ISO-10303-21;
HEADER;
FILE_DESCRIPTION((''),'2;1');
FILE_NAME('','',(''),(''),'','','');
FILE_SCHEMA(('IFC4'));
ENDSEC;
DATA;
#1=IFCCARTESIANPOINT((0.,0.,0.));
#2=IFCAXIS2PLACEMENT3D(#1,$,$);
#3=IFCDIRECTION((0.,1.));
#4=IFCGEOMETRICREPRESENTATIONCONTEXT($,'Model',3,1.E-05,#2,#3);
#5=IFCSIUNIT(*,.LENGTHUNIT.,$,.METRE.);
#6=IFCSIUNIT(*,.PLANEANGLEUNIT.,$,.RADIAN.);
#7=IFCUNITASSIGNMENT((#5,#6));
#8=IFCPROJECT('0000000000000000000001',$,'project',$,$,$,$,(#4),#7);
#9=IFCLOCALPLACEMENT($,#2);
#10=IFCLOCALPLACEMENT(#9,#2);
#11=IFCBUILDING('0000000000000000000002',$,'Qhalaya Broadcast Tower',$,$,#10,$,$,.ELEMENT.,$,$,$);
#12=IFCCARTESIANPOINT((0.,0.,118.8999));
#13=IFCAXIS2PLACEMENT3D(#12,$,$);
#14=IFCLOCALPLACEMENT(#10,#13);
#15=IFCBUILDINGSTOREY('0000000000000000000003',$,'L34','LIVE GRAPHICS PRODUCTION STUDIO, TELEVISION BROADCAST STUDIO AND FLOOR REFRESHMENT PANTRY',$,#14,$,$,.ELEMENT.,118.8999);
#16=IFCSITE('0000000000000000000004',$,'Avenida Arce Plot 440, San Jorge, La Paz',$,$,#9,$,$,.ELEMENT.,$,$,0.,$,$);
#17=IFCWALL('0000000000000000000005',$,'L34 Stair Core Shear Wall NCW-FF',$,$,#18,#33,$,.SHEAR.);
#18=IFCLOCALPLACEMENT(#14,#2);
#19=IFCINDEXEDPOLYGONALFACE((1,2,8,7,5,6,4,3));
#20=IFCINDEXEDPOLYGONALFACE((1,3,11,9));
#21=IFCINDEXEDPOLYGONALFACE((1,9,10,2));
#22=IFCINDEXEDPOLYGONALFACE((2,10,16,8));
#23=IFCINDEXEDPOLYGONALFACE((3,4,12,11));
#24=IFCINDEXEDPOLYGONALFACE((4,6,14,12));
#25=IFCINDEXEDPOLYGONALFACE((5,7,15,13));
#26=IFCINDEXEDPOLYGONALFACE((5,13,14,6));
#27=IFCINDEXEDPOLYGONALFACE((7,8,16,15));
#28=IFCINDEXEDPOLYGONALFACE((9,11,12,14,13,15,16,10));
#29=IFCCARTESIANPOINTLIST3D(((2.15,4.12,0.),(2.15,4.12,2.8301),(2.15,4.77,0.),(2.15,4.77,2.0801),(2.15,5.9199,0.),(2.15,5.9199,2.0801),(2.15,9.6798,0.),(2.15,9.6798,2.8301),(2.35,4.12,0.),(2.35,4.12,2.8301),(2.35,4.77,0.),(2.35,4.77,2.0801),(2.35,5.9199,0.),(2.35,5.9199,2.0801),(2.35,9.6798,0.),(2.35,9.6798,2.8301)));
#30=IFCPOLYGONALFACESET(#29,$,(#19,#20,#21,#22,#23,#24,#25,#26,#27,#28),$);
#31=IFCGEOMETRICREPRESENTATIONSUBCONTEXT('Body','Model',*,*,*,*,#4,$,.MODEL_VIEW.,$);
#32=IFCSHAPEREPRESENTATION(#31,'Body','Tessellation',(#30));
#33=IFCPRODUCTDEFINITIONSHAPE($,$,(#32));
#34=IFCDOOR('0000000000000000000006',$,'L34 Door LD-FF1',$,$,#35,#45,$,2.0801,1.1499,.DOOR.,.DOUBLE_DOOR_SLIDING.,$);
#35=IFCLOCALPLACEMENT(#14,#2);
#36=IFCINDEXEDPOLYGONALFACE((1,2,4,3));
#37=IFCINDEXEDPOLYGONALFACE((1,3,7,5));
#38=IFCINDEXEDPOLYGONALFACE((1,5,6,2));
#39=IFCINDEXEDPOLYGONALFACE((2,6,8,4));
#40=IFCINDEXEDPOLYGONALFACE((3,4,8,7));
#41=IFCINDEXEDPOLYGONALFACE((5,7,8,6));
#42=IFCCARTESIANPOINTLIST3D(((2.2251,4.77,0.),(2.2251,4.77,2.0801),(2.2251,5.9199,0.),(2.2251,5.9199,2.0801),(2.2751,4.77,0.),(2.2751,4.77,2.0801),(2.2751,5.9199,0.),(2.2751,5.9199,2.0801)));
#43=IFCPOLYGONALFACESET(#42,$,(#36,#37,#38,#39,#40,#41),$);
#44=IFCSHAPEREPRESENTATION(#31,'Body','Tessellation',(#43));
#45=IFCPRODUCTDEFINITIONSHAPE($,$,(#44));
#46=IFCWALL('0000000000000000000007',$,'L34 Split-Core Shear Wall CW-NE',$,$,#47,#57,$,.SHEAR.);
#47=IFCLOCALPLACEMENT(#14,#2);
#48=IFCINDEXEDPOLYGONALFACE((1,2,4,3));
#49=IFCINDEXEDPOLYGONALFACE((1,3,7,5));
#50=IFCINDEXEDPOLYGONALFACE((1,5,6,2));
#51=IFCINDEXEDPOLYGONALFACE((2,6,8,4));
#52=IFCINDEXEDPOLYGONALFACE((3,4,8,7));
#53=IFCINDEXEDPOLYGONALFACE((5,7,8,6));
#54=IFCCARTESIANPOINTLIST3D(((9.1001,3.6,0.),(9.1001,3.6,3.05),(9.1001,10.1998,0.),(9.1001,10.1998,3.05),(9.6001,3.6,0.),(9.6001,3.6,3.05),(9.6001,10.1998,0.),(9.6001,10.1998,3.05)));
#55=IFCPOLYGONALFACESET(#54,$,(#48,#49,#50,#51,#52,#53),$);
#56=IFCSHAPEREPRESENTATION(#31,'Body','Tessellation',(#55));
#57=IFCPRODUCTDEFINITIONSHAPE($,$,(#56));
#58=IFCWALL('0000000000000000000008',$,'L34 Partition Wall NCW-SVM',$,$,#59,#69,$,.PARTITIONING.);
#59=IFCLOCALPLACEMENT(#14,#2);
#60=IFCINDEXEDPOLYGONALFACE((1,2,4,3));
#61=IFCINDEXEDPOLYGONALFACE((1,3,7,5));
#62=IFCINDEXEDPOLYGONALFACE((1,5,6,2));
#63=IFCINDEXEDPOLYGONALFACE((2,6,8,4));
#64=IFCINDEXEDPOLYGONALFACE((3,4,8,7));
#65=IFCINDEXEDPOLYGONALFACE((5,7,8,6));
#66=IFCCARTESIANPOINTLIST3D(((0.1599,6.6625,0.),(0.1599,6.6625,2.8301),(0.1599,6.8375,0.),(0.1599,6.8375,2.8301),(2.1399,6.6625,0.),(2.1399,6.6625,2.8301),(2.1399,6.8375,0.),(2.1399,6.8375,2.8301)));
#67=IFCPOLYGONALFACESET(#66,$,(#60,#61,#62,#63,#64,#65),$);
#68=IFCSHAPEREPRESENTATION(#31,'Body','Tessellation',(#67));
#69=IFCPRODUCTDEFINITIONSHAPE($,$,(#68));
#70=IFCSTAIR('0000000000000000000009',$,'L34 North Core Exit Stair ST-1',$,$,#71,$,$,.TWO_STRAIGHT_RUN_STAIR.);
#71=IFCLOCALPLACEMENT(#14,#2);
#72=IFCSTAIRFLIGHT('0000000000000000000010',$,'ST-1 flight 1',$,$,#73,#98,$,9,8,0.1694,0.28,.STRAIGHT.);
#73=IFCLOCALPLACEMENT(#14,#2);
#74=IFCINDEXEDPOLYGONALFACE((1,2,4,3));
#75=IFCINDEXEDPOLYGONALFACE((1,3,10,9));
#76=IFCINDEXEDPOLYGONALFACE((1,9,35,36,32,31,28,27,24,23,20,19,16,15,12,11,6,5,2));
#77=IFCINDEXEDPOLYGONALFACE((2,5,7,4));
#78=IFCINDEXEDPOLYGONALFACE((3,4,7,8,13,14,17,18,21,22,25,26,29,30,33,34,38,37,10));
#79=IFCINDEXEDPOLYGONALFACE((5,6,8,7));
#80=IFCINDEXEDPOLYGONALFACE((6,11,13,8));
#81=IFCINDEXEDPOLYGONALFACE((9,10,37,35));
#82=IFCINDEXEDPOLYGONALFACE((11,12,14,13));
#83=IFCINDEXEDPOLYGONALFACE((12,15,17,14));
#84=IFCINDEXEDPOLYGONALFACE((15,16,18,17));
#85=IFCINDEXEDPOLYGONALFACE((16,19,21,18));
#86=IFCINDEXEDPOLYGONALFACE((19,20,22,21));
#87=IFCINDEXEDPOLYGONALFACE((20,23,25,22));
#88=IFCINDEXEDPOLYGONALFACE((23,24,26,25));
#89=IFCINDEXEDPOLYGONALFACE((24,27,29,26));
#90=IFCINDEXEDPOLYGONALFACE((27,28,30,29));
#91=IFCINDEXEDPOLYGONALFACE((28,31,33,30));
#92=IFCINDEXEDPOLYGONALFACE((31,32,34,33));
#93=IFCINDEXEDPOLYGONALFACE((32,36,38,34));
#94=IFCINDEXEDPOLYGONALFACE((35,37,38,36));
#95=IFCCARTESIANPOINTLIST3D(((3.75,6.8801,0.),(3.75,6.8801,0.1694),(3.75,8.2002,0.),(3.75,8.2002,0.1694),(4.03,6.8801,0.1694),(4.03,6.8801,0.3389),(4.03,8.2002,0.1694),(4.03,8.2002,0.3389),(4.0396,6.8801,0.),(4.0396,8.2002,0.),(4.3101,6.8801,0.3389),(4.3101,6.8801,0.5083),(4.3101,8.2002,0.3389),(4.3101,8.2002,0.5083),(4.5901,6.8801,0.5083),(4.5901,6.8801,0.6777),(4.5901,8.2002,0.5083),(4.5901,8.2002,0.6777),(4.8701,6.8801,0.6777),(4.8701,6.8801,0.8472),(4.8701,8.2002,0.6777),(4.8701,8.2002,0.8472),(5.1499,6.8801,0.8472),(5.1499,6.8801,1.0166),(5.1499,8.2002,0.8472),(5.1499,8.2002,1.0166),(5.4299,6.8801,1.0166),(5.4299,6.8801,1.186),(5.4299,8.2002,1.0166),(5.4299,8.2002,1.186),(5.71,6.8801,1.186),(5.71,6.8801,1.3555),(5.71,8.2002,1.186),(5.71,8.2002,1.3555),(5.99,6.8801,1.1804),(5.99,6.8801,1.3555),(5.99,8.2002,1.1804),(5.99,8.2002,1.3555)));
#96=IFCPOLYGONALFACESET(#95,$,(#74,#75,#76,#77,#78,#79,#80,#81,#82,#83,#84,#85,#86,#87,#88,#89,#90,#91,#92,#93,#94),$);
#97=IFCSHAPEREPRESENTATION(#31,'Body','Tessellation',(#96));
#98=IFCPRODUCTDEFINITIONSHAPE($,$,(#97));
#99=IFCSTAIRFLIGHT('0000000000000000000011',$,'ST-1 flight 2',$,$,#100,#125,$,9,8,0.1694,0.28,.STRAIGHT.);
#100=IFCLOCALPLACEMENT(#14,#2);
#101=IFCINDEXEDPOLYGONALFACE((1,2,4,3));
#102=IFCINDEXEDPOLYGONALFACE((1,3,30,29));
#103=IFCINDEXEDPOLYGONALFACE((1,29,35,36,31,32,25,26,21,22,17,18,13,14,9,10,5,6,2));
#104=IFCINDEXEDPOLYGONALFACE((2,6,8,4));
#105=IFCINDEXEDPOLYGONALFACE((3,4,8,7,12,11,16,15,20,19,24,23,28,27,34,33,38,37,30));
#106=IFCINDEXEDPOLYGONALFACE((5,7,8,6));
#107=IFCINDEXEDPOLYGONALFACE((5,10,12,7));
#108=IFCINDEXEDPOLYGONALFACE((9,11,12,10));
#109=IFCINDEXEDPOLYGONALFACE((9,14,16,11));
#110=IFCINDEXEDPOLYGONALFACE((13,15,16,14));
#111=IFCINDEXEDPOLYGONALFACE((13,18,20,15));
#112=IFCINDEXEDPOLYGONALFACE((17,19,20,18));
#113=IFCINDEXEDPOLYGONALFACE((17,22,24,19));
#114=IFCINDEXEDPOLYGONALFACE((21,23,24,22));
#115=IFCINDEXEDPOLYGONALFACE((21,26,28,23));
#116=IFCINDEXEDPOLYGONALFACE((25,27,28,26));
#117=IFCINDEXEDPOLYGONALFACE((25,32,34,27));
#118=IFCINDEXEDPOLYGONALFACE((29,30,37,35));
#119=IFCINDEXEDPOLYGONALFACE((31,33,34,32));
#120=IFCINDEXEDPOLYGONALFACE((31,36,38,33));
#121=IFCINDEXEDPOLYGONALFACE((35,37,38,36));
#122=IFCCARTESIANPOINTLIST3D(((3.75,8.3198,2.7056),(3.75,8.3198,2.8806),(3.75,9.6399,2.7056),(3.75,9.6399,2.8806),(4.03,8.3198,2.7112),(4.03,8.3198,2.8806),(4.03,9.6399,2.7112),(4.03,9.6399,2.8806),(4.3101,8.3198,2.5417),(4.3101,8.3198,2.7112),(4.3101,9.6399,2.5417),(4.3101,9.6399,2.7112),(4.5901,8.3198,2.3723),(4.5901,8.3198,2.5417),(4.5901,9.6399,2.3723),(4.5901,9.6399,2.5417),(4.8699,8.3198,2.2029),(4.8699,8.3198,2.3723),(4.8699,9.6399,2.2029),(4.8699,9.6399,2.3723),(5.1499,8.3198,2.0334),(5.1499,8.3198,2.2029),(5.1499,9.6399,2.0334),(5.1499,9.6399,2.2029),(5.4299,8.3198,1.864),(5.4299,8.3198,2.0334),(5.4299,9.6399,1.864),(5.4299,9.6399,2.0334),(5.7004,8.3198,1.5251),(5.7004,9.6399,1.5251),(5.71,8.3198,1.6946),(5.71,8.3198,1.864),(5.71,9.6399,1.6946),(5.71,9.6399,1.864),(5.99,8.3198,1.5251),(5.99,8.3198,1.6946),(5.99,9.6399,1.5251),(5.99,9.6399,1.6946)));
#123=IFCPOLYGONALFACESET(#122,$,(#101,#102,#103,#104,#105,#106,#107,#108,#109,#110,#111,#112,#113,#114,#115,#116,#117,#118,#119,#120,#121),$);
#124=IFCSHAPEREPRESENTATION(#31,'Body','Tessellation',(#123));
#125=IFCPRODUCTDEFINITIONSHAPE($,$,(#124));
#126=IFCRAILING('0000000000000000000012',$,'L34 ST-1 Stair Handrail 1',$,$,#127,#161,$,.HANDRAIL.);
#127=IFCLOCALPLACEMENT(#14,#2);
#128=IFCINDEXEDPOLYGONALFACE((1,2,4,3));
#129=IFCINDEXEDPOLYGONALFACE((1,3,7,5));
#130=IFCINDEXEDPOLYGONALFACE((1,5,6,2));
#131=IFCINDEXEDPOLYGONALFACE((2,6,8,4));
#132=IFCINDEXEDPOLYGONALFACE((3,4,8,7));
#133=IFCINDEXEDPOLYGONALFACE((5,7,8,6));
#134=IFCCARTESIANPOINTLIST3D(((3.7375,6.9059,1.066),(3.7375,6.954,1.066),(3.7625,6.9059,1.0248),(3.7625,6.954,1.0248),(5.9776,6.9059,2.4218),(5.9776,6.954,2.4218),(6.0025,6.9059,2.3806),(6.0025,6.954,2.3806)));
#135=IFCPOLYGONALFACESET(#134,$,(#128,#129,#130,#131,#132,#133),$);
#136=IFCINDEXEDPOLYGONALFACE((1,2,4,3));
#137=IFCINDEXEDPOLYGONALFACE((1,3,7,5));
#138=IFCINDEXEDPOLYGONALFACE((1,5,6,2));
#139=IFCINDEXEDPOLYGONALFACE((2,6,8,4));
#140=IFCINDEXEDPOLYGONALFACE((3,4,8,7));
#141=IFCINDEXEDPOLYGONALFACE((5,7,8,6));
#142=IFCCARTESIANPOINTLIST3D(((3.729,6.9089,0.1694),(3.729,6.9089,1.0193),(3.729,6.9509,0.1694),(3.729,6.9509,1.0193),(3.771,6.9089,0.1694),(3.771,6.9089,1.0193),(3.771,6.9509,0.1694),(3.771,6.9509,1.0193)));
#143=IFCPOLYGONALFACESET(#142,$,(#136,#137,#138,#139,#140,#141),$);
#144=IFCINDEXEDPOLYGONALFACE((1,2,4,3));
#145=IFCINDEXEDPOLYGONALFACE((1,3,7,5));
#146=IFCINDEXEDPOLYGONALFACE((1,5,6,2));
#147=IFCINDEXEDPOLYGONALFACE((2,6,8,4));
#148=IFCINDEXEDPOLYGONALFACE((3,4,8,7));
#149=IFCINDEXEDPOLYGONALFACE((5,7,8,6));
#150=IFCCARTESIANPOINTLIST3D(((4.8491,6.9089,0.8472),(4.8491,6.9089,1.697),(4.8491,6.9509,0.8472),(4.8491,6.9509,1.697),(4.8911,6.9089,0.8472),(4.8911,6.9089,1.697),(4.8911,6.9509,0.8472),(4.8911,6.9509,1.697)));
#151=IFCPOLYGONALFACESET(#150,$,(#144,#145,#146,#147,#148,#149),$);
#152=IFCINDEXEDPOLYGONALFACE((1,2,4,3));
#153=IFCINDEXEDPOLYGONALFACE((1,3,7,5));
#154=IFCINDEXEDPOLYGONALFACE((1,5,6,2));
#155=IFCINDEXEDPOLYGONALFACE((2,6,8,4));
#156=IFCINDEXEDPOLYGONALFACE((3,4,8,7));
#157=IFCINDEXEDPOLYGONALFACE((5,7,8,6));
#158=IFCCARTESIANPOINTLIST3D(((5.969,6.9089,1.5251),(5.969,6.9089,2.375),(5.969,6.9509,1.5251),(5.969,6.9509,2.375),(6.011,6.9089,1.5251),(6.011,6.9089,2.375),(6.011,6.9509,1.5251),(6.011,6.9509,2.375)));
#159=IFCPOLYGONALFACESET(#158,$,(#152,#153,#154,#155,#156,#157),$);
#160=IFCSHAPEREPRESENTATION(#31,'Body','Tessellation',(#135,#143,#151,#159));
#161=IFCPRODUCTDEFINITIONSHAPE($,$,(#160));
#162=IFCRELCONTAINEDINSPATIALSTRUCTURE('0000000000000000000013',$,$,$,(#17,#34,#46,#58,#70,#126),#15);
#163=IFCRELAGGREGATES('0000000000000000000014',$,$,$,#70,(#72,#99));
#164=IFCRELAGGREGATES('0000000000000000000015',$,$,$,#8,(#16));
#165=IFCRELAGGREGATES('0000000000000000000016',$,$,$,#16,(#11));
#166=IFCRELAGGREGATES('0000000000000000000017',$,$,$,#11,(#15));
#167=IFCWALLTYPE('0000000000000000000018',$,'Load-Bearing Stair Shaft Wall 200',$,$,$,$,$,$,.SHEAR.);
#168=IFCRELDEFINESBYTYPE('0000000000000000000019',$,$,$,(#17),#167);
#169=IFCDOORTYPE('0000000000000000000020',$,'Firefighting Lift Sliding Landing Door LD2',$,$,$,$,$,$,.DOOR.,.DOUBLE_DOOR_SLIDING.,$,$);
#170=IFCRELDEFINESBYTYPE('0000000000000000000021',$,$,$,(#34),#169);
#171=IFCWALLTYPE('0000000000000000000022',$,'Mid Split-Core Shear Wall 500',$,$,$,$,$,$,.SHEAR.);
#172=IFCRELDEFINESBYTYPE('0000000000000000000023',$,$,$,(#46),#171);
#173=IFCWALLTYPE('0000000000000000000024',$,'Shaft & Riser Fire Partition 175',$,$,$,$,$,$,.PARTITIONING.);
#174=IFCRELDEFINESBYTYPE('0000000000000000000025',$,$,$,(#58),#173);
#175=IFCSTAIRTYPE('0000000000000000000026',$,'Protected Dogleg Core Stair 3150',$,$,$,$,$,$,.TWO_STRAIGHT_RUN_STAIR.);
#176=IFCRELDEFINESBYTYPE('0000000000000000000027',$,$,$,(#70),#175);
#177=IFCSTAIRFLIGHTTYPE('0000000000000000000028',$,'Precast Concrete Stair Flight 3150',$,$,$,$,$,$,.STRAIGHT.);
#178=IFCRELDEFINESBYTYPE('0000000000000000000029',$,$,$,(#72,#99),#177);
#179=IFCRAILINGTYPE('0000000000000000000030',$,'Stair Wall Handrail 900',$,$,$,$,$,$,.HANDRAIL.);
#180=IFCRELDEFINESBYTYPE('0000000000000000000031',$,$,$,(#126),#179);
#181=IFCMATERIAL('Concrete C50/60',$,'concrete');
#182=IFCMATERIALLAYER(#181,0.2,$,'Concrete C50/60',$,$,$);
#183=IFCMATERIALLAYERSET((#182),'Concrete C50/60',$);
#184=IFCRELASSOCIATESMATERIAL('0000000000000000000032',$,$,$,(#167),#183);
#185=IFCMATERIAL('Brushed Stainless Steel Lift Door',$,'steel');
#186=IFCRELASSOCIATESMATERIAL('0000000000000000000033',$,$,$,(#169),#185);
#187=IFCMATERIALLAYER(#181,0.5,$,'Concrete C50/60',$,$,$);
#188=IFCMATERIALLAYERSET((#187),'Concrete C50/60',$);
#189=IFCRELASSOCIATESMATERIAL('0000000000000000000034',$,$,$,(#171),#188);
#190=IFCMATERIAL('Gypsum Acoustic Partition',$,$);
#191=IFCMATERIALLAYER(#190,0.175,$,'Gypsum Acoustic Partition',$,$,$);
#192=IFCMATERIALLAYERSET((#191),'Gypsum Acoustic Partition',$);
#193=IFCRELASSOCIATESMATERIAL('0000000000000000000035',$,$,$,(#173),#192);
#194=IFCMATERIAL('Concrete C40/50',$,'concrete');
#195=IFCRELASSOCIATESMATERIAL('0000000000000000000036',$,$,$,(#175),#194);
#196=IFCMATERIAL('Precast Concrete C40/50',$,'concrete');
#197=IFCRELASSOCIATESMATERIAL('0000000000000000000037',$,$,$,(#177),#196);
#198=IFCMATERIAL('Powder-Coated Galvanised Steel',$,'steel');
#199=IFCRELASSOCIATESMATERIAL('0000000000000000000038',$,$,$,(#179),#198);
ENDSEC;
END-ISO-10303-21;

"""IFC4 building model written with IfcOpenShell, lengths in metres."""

from ifc_helpers import new_model, si_unit, direction, frame, frame_2d, origin, origin_2d, place, context, subcontext, project, spatial, polyline, rectangle, outline, extrude, material, layer, layer_set, type_object, element, fill, aggregate, save


model = new_model("IFC4")

# Units and contexts
model_context = context("Model", 3, precision=1e-05, world=origin(), true_north=direction((0.0, 1.0)))
body_context = subcontext(model_context, "Body", "Model", "MODEL_VIEW")
ifc_project = project(units=[si_unit("LENGTHUNIT", "METRE"), si_unit("PLANEANGLEUNIT", "RADIAN")], contexts=[model_context])

# Site, building, storey
site_placement = place(None, origin())
site = spatial("IfcSite", under=ifc_project, at=site_placement, Name="Avenida Arce Plot 440, San Jorge, La Paz", CompositionType="ELEMENT", RefElevation=0.0)
building_placement = place(site_placement, origin())
building = spatial("IfcBuilding", under=site, at=building_placement, Name="Qhalaya Broadcast Tower", CompositionType="ELEMENT")
storey_placement = place(building_placement, frame((0.0, 0.0, 118.8999)))
storey = spatial("IfcBuildingStorey", under=building, at=storey_placement, Name="L34", Description="LIVE GRAPHICS PRODUCTION STUDIO, TELEVISION BROADCAST STUDIO AND FLOOR REFRESHMENT PANTRY", CompositionType="ELEMENT", Elevation=118.8999)

# Shared definitions
ifc_material_1 = material(Name="Concrete C50/60", Category="concrete")

# Wall, opening, door
ifc_layer_1 = layer(ifc_material_1, 0.2, Name="Concrete C50/60")
ifc_layer_set_1 = layer_set([ifc_layer_1], Name="Concrete C50/60")
wall_type_1 = type_object("IfcWallType", Name="Load-Bearing Stair Shaft Wall 200", PredefinedType="SHEAR", material=ifc_layer_set_1)
wall_1_placement = place(storey_placement, frame((2.25, 4.1201, 0.0), z_axis=(0.0, 0.0, 1.0), x_axis=(0.0, 1.0, 0.0)))
wall_1 = element("IfcWall", 1, at=wall_1_placement, inside=storey, type_object=wall_type_1, Name="L34 Stair Core Shear Wall NCW-FF", PredefinedType="SHEAR", context=body_context, shape_type="SweptSolid", body=[
    extrude(rectangle(XDim=5.5598, YDim=0.2, at=frame_2d((2.7798, 0.0))), origin(), (0.0, 0.0, 1.0), 2.8301),
])
opening_1_placement = place(wall_1_placement, frame((0.6499, 0.0, 0.0)))
opening_1 = element("IfcOpeningElement", 2, at=opening_1_placement, cuts=wall_1, PredefinedType="OPENING", context=body_context, shape_type="SweptSolid", body=[
    extrude(rectangle(XDim=1.1499, YDim=2.0801, at=frame_2d((0.575, 1.04))), frame((0.0, 0.1121, 0.0), z_axis=(0.0, -1.0, 0.0), x_axis=(1.0, 0.0, 0.0)), (0.0, 0.0, 1.0), 0.2239),
])
ifc_material_2 = material(Name="Brushed Stainless Steel Lift Door", Category="steel")
door_type_1 = type_object("IfcDoorType", Name="Firefighting Lift Sliding Landing Door LD2", OperationType="DOUBLE_DOOR_SLIDING", PredefinedType="DOOR", material=ifc_material_2)
door_1_placement = place(opening_1_placement, origin())
door_1 = element("IfcDoor", 3, at=door_1_placement, inside=storey, type_object=door_type_1, Name="L34 Door LD-FF1", OperationType="DOUBLE_DOOR_SLIDING", OverallHeight=2.0801, OverallWidth=1.1499, PredefinedType="DOOR", context=body_context, shape_type="SweptSolid", body=[
    extrude(rectangle(XDim=1.1499, YDim=2.0801, at=frame_2d((0.575, 1.04))), frame((0.0, 0.0249, 0.0), z_axis=(0.0, -1.0, 0.0), x_axis=(1.0, 0.0, 0.0)), (0.0, 0.0, 1.0), 0.05),
])
fill(opening_1, door_1)

# Wall
ifc_layer_2 = layer(ifc_material_1, 0.5, Name="Concrete C50/60")
ifc_layer_set_2 = layer_set([ifc_layer_2], Name="Concrete C50/60")
wall_type_2 = type_object("IfcWallType", Name="Mid Split-Core Shear Wall 500", PredefinedType="SHEAR", material=ifc_layer_set_2)
wall_2_placement = place(storey_placement, frame((9.3501, 3.6001, 0.0), z_axis=(0.0, 0.0, 1.0), x_axis=(0.0, 1.0, 0.0)))
element("IfcWall", 4, at=wall_2_placement, inside=storey, type_object=wall_type_2, Name="L34 Split-Core Shear Wall CW-NE", PredefinedType="SHEAR", context=body_context, shape_type="SweptSolid", body=[
    extrude(rectangle(XDim=6.5999, YDim=0.5, at=frame_2d((3.2998, 0.0))), origin(), (0.0, 0.0, 1.0), 3.05),
])

# Shared definitions
ifc_material_3 = material(Name="Gypsum Acoustic Partition")
ifc_layer_3 = layer(ifc_material_3, 0.175, Name="Gypsum Acoustic Partition")
ifc_layer_set_3 = layer_set([ifc_layer_3], Name="Gypsum Acoustic Partition")
wall_type_3 = type_object("IfcWallType", Name="Shaft & Riser Fire Partition 175", PredefinedType="PARTITIONING", material=ifc_layer_set_3)

# Wall
wall_3_placement = place(storey_placement, frame((0.1599, 6.75, 0.0), z_axis=(0.0, 0.0, 1.0), x_axis=(1.0, 0.0, 0.0)))
element("IfcWall", 5, at=wall_3_placement, inside=storey, type_object=wall_type_3, Name="L34 Partition Wall NCW-SVM", PredefinedType="PARTITIONING", context=body_context, shape_type="SweptSolid", body=[
    extrude(rectangle(XDim=1.98, YDim=0.175, at=frame_2d((0.99, 0.0))), origin(), (0.0, 0.0, 1.0), 2.8301),
])

# Stair, stair flights
ifc_material_4 = material(Name="Concrete C40/50", Category="concrete")
stair_type = type_object("IfcStairType", Name="Protected Dogleg Core Stair 3150", PredefinedType="TWO_STRAIGHT_RUN_STAIR", material=ifc_material_4)
stair_placement = place(storey_placement, origin())
stair = element("IfcStair", 6, at=stair_placement, inside=storey, type_object=stair_type, Name="L34 North Core Exit Stair ST-1", PredefinedType="TWO_STRAIGHT_RUN_STAIR")
ifc_material_5 = material(Name="Precast Concrete C40/50", Category="concrete")
stair_flight_type = type_object("IfcStairFlightType", Name="Precast Concrete Stair Flight 3150", PredefinedType="STRAIGHT", material=ifc_material_5)
stair_flight_1_placement = place(storey_placement, frame((3.75, 7.54, 0.0), z_axis=(0.0, 0.0, 1.0), x_axis=(1.0, 0.0, 0.0)))
stair_flight_1 = element("IfcStairFlight", 7, at=stair_flight_1_placement, type_object=stair_flight_type, Name="ST-1 flight 1", NumberOfRisers=9, NumberOfTreads=8, PredefinedType="STRAIGHT", RiserHeight=0.1694, TreadLength=0.28, context=body_context, shape_type="SweptSolid", body=[
    extrude(outline(polyline([(0.0, 0.0), (0.0, 0.1694), (0.28, 0.1694), (0.28, 0.3389), (0.5601, 0.3389), (0.5601, 0.5083), (0.8401, 0.5083), (0.8401, 0.6777), (1.1201, 0.6777), (1.1201, 0.8472), (1.3999, 0.8472), (1.3999, 1.0166), (1.6799, 1.0166), (1.6799, 1.186), (1.96, 1.186), (1.96, 1.3555), (2.24, 1.3555), (2.24, 1.5249), (2.24, 1.1804), (0.2896, 0.0), (0.0, 0.0)])), frame((0.0, 0.6602, 0.0), z_axis=(0.0, -1.0, 0.0), x_axis=(1.0, 0.0, 0.0)), (0.0, 0.0, 1.0), 1.3201),
])
stair_flight_2_placement = place(storey_placement, frame((5.99, 8.98, 1.5251), z_axis=(0.0, 0.0, 1.0), x_axis=(-1.0, 0.0, 0.0)))
stair_flight_2 = element("IfcStairFlight", 8, at=stair_flight_2_placement, type_object=stair_flight_type, Name="ST-1 flight 2", NumberOfRisers=9, NumberOfTreads=8, PredefinedType="STRAIGHT", RiserHeight=0.1694, TreadLength=0.28, context=body_context, shape_type="SweptSolid", body=[
    extrude(outline(polyline([(0.0, 0.0), (0.0, 0.1694), (0.28, 0.1694), (0.28, 0.3389), (0.5601, 0.3389), (0.5601, 0.5083), (0.8401, 0.5083), (0.8401, 0.6777), (1.1201, 0.6777), (1.1201, 0.8472), (1.3999, 0.8472), (1.3999, 1.0166), (1.6799, 1.0166), (1.6799, 1.186), (1.96, 1.186), (1.96, 1.3555), (2.24, 1.3555), (2.24, 1.5249), (2.24, 1.1804), (0.2896, 0.0), (0.0, 0.0)])), frame((0.0, 0.6602, 0.0), z_axis=(0.0, -1.0, 0.0), x_axis=(1.0, 0.0, 0.0)), (0.0, 0.0, 1.0), 1.3201),
])
aggregate(stair, [stair_flight_1, stair_flight_2])

# Railing
ifc_material_6 = material(Name="Powder-Coated Galvanised Steel", Category="steel")
railing_type_1 = type_object("IfcRailingType", Name="Stair Wall Handrail 900", PredefinedType="HANDRAIL", material=ifc_material_6)
railing_1_placement = place(storey_placement, frame((3.75, 6.9299, 0.1694)))
element("IfcRailing", 9, at=railing_1_placement, inside=storey, type_object=railing_type_1, Name="L34 ST-1 Stair Handrail 1", PredefinedType="HANDRAIL", context=body_context, shape_type="SweptSolid", body=[
    extrude(rectangle(XDim=0.0481, YDim=0.0481, at=origin_2d()), frame((0.0, 0.0, 0.876), z_axis=(0.855512, 0.0, 0.517783), x_axis=(0.0, 1.0, 0.0)), (0.0, 0.0, 1.0), 2.6184),
    extrude(rectangle(XDim=0.042, YDim=0.042, at=origin_2d()), origin(), (0.0, 0.0, 1.0), 0.8499),
    extrude(rectangle(XDim=0.042, YDim=0.042, at=origin_2d()), frame((1.1201, 0.0, 0.6777)), (0.0, 0.0, 1.0), 0.8499),
    extrude(rectangle(XDim=0.042, YDim=0.042, at=origin_2d()), frame((2.24, 0.0, 1.3557)), (0.0, 0.0, 1.0), 0.8499),
])

save(model, "model.ifc")
